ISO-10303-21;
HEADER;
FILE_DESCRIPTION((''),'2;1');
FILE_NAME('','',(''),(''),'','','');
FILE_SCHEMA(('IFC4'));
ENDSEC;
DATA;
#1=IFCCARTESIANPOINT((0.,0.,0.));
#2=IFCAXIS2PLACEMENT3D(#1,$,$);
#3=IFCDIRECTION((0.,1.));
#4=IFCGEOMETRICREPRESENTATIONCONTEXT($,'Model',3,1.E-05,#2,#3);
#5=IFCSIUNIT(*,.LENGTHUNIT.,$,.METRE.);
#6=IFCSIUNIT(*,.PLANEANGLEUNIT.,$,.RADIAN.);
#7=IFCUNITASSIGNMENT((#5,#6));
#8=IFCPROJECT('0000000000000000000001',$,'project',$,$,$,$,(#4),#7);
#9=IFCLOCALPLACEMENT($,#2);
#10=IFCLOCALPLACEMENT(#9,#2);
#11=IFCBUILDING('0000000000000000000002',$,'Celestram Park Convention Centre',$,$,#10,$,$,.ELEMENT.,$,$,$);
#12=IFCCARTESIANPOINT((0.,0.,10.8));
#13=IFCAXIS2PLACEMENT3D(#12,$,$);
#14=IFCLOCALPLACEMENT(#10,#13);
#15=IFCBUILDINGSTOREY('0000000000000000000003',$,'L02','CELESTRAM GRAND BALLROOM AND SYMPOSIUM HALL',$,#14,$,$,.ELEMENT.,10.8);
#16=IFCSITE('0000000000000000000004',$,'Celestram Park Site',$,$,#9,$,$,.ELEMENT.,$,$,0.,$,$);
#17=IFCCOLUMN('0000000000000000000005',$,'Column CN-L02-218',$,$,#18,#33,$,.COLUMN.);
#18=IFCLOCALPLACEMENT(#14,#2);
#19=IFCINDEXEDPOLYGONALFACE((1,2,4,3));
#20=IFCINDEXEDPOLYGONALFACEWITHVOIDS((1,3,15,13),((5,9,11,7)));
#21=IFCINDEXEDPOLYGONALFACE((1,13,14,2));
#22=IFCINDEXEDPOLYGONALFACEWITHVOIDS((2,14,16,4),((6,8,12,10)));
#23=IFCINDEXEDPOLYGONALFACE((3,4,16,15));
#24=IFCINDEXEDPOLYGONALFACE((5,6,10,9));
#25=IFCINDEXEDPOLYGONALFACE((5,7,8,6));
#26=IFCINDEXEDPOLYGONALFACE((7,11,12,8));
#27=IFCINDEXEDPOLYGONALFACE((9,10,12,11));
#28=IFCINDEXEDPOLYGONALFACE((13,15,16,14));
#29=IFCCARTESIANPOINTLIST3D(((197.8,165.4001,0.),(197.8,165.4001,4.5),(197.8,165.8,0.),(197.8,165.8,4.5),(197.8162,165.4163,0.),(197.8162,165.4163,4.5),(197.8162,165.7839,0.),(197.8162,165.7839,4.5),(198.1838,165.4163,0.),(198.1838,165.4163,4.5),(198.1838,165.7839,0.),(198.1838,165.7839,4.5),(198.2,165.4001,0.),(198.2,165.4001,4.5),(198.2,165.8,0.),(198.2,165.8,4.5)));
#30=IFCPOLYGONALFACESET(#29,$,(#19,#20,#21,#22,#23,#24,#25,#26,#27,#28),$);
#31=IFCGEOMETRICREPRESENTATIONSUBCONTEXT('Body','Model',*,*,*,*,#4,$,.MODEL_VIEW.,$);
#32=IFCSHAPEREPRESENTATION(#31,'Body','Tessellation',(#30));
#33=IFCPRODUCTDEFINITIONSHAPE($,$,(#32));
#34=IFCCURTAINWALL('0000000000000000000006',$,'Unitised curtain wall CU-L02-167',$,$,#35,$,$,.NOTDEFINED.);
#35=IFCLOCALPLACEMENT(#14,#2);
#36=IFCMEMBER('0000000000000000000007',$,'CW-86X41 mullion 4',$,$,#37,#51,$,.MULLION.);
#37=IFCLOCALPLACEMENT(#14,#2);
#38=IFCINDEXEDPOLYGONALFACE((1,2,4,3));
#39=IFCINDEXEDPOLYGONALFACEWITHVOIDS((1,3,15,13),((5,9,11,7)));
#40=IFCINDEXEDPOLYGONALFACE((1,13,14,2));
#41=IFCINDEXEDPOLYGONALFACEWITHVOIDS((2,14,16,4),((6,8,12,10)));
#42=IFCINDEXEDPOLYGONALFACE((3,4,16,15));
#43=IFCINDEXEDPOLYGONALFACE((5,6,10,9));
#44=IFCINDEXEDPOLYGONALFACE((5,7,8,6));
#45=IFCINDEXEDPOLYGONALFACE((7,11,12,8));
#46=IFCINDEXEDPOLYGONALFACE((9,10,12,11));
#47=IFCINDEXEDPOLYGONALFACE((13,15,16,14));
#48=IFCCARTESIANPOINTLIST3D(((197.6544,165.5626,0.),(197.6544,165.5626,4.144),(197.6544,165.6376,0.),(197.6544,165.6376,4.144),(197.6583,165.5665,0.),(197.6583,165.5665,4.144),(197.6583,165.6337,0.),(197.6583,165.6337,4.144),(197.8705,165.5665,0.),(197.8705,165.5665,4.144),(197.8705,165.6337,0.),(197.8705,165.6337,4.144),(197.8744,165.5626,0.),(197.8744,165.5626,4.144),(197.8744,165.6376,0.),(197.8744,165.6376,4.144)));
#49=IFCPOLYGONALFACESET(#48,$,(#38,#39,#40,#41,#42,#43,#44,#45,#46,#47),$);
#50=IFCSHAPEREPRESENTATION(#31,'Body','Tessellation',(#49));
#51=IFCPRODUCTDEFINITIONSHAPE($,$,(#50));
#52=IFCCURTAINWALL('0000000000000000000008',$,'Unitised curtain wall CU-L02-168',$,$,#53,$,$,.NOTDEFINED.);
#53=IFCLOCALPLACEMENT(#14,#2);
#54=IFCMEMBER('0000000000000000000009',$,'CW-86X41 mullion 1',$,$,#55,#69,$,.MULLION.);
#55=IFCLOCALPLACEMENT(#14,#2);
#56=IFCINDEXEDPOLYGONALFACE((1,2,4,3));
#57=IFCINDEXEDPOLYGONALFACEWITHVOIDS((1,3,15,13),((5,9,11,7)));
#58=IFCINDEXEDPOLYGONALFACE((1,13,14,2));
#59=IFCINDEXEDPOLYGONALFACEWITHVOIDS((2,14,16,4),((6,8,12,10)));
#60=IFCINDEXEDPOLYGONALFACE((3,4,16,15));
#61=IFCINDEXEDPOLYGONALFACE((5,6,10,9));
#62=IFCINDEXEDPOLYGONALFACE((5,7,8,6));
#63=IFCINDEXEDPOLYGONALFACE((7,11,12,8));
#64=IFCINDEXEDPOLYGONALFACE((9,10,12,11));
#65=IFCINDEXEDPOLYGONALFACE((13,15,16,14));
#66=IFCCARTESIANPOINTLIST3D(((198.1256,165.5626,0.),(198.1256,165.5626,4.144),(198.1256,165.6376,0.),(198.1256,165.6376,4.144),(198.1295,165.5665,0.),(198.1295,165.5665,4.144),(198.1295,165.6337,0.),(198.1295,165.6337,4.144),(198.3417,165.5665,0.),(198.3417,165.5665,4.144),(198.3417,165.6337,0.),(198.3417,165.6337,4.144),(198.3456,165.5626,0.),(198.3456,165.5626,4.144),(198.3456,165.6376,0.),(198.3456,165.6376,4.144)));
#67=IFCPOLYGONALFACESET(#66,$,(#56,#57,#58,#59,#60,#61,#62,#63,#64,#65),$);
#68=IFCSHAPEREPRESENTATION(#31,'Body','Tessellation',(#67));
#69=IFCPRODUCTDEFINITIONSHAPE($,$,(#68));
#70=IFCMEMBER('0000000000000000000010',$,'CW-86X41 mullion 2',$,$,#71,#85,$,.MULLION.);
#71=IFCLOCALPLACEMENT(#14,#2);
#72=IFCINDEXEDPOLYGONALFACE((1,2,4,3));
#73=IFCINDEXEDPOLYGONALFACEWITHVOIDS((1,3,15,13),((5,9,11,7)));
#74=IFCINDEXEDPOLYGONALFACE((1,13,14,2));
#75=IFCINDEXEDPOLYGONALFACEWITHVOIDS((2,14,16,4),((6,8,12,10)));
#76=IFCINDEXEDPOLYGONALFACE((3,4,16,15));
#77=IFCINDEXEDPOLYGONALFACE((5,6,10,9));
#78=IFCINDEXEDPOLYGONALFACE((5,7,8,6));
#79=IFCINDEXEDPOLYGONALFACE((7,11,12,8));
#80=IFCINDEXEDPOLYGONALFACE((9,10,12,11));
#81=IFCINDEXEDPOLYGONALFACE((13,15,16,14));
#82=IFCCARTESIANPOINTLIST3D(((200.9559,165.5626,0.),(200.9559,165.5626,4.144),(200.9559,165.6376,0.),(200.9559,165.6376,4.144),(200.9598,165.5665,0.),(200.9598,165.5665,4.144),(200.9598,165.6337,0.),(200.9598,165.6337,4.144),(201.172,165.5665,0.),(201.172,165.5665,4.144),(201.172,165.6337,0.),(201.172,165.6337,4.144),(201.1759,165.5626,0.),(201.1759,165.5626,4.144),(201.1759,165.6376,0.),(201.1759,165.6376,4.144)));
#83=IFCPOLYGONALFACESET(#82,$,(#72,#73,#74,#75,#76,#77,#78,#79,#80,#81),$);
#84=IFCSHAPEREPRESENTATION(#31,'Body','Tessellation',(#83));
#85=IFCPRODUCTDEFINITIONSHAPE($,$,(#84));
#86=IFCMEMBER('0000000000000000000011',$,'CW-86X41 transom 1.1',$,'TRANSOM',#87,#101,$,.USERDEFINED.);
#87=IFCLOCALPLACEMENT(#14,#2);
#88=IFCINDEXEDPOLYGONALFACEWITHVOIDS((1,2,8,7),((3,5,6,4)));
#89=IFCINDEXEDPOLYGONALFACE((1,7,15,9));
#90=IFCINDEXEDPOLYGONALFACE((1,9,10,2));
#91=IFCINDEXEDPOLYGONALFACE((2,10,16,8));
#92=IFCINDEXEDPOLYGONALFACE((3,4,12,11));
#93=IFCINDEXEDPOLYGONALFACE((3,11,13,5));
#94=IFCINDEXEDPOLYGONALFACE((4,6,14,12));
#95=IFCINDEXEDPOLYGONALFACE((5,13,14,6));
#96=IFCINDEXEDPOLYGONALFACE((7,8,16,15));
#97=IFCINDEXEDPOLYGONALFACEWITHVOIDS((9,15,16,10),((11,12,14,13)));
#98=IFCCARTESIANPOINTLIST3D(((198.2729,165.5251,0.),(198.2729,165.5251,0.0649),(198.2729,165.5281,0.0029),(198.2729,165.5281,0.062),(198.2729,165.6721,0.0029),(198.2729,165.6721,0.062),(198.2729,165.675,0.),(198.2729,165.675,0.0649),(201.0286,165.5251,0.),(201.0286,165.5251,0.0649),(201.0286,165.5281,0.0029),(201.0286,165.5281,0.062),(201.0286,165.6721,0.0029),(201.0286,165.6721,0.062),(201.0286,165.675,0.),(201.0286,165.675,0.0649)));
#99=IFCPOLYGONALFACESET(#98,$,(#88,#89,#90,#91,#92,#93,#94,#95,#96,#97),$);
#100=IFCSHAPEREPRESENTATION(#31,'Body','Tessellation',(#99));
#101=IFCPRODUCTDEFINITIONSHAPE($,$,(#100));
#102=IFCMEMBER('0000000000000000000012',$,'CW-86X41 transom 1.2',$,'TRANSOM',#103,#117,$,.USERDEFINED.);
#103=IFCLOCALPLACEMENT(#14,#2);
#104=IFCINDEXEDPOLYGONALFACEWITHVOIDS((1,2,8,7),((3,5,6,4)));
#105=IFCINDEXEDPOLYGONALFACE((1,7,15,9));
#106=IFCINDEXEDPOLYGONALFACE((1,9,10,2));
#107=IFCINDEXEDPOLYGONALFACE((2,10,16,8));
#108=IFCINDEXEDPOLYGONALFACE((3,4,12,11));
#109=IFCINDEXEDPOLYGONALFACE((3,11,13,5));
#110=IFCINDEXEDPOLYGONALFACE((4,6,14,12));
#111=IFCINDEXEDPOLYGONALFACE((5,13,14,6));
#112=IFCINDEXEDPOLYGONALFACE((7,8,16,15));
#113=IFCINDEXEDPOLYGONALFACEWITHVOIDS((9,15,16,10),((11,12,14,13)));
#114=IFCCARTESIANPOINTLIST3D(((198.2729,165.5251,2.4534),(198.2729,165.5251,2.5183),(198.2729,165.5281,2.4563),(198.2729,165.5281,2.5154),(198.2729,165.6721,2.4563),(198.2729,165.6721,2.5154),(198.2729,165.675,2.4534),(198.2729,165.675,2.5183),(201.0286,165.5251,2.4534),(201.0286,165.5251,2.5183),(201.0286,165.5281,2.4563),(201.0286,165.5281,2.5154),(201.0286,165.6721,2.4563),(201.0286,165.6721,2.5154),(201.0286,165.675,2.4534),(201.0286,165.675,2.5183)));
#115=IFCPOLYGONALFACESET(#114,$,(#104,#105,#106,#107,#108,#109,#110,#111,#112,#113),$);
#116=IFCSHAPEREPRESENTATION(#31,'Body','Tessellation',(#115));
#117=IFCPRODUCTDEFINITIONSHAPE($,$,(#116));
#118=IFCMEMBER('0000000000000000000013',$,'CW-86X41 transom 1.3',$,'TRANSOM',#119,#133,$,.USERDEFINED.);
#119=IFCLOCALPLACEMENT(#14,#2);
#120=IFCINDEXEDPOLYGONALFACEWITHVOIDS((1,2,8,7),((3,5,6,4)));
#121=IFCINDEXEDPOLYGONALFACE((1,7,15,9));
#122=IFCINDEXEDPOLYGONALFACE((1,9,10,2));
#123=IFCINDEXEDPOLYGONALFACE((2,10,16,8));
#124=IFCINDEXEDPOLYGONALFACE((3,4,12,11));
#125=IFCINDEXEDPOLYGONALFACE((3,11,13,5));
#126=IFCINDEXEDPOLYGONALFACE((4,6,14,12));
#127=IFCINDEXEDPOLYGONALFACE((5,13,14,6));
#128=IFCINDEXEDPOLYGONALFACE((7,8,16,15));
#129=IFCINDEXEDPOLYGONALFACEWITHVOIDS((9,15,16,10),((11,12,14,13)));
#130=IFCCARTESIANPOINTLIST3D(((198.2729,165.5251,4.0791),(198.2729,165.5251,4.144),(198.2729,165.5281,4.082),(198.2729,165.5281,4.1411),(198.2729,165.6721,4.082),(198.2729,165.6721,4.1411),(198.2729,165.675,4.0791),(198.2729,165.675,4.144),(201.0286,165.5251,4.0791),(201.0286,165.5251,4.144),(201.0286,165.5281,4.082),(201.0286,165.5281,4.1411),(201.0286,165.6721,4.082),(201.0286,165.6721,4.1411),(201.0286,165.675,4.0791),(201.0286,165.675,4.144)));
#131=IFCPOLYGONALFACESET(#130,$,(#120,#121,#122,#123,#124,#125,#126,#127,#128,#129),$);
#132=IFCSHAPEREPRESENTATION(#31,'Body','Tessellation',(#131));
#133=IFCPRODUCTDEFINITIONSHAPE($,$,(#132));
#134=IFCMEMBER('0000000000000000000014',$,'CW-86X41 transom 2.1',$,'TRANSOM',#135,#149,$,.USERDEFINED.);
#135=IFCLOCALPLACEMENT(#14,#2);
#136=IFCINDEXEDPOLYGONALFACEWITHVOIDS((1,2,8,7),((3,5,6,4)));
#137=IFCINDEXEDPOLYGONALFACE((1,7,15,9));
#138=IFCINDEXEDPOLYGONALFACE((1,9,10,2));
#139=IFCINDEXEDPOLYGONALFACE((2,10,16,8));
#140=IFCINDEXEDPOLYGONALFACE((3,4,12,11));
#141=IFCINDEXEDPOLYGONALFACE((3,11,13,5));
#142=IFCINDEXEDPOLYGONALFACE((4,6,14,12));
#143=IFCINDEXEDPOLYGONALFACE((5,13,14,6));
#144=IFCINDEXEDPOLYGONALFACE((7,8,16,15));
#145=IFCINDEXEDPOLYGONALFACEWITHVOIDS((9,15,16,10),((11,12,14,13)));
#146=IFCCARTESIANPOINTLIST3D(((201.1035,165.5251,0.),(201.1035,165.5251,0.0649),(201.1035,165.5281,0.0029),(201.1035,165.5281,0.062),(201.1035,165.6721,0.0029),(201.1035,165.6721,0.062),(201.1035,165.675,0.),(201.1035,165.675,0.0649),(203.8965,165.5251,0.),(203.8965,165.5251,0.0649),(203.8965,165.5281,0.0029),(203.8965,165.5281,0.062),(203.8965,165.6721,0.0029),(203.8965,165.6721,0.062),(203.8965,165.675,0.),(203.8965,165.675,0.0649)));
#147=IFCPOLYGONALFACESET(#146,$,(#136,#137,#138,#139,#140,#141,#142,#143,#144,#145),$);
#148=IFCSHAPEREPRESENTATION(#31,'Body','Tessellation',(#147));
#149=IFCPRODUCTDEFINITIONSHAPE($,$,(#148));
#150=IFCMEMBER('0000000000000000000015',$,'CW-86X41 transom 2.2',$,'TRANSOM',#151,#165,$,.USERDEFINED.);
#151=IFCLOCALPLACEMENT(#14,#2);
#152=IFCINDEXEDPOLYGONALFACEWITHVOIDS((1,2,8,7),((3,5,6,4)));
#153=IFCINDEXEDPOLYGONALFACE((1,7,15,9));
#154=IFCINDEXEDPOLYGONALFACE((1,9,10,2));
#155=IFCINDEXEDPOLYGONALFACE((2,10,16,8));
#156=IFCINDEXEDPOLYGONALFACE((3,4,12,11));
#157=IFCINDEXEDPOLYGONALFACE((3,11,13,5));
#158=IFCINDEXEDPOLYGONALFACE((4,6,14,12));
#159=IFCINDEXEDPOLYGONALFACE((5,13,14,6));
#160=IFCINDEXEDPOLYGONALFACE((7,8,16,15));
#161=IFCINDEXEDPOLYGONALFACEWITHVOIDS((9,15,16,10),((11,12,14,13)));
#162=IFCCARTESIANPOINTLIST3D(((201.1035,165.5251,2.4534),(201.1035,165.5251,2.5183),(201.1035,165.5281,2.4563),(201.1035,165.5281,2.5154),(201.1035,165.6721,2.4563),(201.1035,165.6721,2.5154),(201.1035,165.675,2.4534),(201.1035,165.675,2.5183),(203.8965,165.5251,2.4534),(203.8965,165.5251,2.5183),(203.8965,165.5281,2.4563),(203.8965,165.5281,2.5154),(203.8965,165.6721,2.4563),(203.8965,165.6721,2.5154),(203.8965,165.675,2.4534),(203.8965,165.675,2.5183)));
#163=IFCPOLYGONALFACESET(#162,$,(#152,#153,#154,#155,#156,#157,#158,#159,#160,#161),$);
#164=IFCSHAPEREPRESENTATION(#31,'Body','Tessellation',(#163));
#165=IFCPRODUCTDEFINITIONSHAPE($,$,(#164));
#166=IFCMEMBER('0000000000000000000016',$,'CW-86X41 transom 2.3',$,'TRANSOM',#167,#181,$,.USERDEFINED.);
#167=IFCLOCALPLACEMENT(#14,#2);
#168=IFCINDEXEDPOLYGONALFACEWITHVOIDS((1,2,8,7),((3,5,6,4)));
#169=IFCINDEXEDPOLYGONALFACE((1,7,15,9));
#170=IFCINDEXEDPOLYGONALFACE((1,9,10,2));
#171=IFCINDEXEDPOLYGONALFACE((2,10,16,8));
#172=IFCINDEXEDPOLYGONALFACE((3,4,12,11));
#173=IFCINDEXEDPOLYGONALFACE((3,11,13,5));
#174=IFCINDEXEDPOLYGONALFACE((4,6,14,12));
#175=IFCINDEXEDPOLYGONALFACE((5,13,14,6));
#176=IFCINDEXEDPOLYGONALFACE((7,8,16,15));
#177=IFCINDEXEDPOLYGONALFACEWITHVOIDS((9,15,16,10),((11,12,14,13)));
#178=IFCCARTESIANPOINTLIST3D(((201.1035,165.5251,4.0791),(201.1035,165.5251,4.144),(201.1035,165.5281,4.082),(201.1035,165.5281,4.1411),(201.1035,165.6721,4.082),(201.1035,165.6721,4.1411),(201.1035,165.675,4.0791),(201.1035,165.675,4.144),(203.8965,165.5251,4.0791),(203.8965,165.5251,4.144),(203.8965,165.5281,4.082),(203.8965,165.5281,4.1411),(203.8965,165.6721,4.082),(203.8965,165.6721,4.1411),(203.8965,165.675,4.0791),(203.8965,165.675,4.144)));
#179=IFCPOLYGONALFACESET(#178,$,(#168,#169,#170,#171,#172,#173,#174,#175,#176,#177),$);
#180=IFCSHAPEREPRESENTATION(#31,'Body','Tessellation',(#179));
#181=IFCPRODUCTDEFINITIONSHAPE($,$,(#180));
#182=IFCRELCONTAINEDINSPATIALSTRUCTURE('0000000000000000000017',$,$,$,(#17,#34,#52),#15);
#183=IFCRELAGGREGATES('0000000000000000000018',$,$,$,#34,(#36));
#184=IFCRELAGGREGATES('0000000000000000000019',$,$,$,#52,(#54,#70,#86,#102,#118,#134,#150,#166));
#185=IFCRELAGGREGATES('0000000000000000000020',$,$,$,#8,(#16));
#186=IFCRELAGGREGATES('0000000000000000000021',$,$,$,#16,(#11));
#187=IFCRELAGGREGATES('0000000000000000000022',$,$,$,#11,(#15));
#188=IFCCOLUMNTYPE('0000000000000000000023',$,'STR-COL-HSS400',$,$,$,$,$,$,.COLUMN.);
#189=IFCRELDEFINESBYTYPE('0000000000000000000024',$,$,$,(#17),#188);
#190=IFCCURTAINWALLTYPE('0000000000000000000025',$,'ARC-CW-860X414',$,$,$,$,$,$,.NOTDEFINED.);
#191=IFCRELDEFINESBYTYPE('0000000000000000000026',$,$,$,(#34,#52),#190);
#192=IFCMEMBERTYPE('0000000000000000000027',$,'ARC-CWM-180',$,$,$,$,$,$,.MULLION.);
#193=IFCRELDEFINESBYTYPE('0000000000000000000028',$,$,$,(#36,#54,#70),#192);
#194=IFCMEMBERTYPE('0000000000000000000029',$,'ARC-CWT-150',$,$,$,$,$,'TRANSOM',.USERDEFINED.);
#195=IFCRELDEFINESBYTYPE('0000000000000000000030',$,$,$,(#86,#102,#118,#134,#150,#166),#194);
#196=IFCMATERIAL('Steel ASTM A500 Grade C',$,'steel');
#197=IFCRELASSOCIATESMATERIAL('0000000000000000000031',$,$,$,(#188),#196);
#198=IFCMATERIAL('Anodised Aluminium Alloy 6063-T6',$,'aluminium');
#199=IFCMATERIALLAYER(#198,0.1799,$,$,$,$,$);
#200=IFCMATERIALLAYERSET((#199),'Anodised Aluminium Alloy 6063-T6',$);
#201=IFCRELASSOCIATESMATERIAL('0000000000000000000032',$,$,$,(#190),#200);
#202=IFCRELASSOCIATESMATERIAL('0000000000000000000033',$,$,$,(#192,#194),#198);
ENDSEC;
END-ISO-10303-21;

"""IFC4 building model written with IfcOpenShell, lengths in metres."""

from ifc_helpers import new_model, si_unit, direction, frame, origin, origin_2d, place, context, subcontext, project, spatial, hollow_rectangle, extrude, material, layer, layer_set, material_profile, profile_set, type_object, element, aggregate, save


model = new_model("IFC4")

# Units and contexts
model_context = context("Model", 3, precision=1e-05, world=origin(), true_north=direction((0.0, 1.0)))
body_context = subcontext(model_context, "Body", "Model", "MODEL_VIEW")
ifc_project = project(units=[si_unit("LENGTHUNIT", "METRE"), si_unit("PLANEANGLEUNIT", "RADIAN")], contexts=[model_context])

# Site, building, storey
site_placement = place(None, origin())
site = spatial("IfcSite", under=ifc_project, at=site_placement, Name="Celestram Park Site", CompositionType="ELEMENT", RefElevation=0.0)
building_placement = place(site_placement, origin())
building = spatial("IfcBuilding", under=site, at=building_placement, Name="Celestram Park Convention Centre", CompositionType="ELEMENT")
storey_placement = place(building_placement, frame((0.0, 0.0, 10.8)))
storey = spatial("IfcBuildingStorey", under=building, at=storey_placement, Name="L02", Description="CELESTRAM GRAND BALLROOM AND SYMPOSIUM HALL", CompositionType="ELEMENT", Elevation=10.8)

# Column
ifc_material_1 = material(Name="Steel ASTM A500 Grade C", Category="steel")
ifc_material_profile_1 = material_profile(ifc_material_1, hollow_rectangle(XDim=0.3999, YDim=0.3999, WallThickness=0.0161, at=origin_2d()), Name="HSS400X400X16")
ifc_profile_set_1 = profile_set([ifc_material_profile_1], Name="Steel ASTM A500 Grade C")
column_type = type_object("IfcColumnType", Name="STR-COL-HSS400", PredefinedType="COLUMN", material=ifc_profile_set_1)
column_placement = place(storey_placement, frame((198.0, 165.6001, 0.0), z_axis=(0.0, 0.0, 1.0), x_axis=(1.0, 0.0, 0.0)))
element("IfcColumn", 1, at=column_placement, inside=storey, type_object=column_type, Name="Column CN-L02-218", PredefinedType="COLUMN", context=body_context, shape_type="SweptSolid", body=[
    extrude(hollow_rectangle(XDim=0.3999, YDim=0.3999, WallThickness=0.0161, at=origin_2d()), origin(), (0.0, 0.0, 1.0), 4.5),
])

# Curtain wall, member
ifc_material_2 = material(Name="Anodised Aluminium Alloy 6063-T6", Category="aluminium")
ifc_layer_1 = layer(ifc_material_2, 0.1799)
ifc_layer_set_1 = layer_set([ifc_layer_1], Name="Anodised Aluminium Alloy 6063-T6")
curtain_wall_type = type_object("IfcCurtainWallType", Name="ARC-CW-860X414", PredefinedType="NOTDEFINED", material=ifc_layer_set_1)
curtain_wall_1_placement = place(storey_placement, origin())
curtain_wall_1 = element("IfcCurtainWall", 2, at=curtain_wall_1_placement, inside=storey, type_object=curtain_wall_type, Name="Unitised curtain wall CU-L02-167", PredefinedType="NOTDEFINED")
ifc_material_profile_2 = material_profile(ifc_material_2, hollow_rectangle(XDim=0.075, YDim=0.22, WallThickness=0.0039, at=origin_2d()), Name="ALU75X220X4")
ifc_profile_set_2 = profile_set([ifc_material_profile_2], Name="Anodised Aluminium Alloy 6063-T6")
member_type_1 = type_object("IfcMemberType", Name="ARC-CWM-180", PredefinedType="MULLION", material=ifc_profile_set_2)
member_1_placement = place(storey_placement, frame((197.7644, 165.6001, 0.0), z_axis=(0.0, 0.0, 1.0), x_axis=(0.0, 1.0, 0.0)))
member_1 = element("IfcMember", 3, at=member_1_placement, type_object=member_type_1, Name="CW-86X41 mullion 4", PredefinedType="MULLION", context=body_context, shape_type="SweptSolid", body=[
    extrude(hollow_rectangle(XDim=0.075, YDim=0.22, WallThickness=0.0039, at=origin_2d()), origin(), (0.0, 0.0, 1.0), 4.144),
])

# Curtain wall, members
curtain_wall_2_placement = place(storey_placement, origin())
curtain_wall_2 = element("IfcCurtainWall", 4, at=curtain_wall_2_placement, inside=storey, type_object=curtain_wall_type, Name="Unitised curtain wall CU-L02-168", PredefinedType="NOTDEFINED")
member_2_placement = place(storey_placement, frame((198.2356, 165.6001, 0.0), z_axis=(0.0, 0.0, 1.0), x_axis=(0.0, 1.0, 0.0)))
member_2 = element("IfcMember", 5, at=member_2_placement, type_object=member_type_1, Name="CW-86X41 mullion 1", PredefinedType="MULLION", context=body_context, shape_type="SweptSolid", body=[
    extrude(hollow_rectangle(XDim=0.075, YDim=0.22, WallThickness=0.0039, at=origin_2d()), origin(), (0.0, 0.0, 1.0), 4.144),
])
member_3_placement = place(storey_placement, frame((201.0659, 165.6001, 0.0), z_axis=(0.0, 0.0, 1.0), x_axis=(0.0, 1.0, 0.0)))
member_3 = element("IfcMember", 6, at=member_3_placement, type_object=member_type_1, Name="CW-86X41 mullion 2", PredefinedType="MULLION", context=body_context, shape_type="SweptSolid", body=[
    extrude(hollow_rectangle(XDim=0.075, YDim=0.22, WallThickness=0.0039, at=origin_2d()), origin(), (0.0, 0.0, 1.0), 4.144),
])
ifc_material_profile_3 = material_profile(ifc_material_2, hollow_rectangle(XDim=0.1499, YDim=0.0649, WallThickness=0.0029, at=origin_2d()), Name="ALU150X65X3")
ifc_profile_set_3 = profile_set([ifc_material_profile_3], Name="Anodised Aluminium Alloy 6063-T6")
member_type_2 = type_object("IfcMemberType", Name="ARC-CWT-150", ElementType="TRANSOM", PredefinedType="USERDEFINED", material=ifc_profile_set_3)
member_4_placement = place(storey_placement, frame((198.2729, 165.6001, 0.0325), z_axis=(1.0, 0.0, 0.0), x_axis=(0.0, 1.0, 0.0)))
member_4 = element("IfcMember", 7, at=member_4_placement, type_object=member_type_2, Name="CW-86X41 transom 1.1", ObjectType="TRANSOM", PredefinedType="USERDEFINED", context=body_context, shape_type="SweptSolid", body=[
    extrude(hollow_rectangle(XDim=0.1499, YDim=0.0649, WallThickness=0.0029, at=origin_2d()), origin(), (0.0, 0.0, 1.0), 2.7556),
])
member_5_placement = place(storey_placement, frame((198.2729, 165.6001, 2.4858), z_axis=(1.0, 0.0, 0.0), x_axis=(0.0, 1.0, 0.0)))
member_5 = element("IfcMember", 8, at=member_5_placement, type_object=member_type_2, Name="CW-86X41 transom 1.2", ObjectType="TRANSOM", PredefinedType="USERDEFINED", context=body_context, shape_type="SweptSolid", body=[
    extrude(hollow_rectangle(XDim=0.1499, YDim=0.0649, WallThickness=0.0029, at=origin_2d()), origin(), (0.0, 0.0, 1.0), 2.7556),
])
member_6_placement = place(storey_placement, frame((198.2729, 165.6001, 4.1116), z_axis=(1.0, 0.0, 0.0), x_axis=(0.0, 1.0, 0.0)))
member_6 = element("IfcMember", 9, at=member_6_placement, type_object=member_type_2, Name="CW-86X41 transom 1.3", ObjectType="TRANSOM", PredefinedType="USERDEFINED", context=body_context, shape_type="SweptSolid", body=[
    extrude(hollow_rectangle(XDim=0.1499, YDim=0.0649, WallThickness=0.0029, at=origin_2d()), origin(), (0.0, 0.0, 1.0), 2.7556),
])
member_7_placement = place(storey_placement, frame((201.1035, 165.6001, 0.0325), z_axis=(1.0, 0.0, 0.0), x_axis=(0.0, 1.0, 0.0)))
member_7 = element("IfcMember", 10, at=member_7_placement, type_object=member_type_2, Name="CW-86X41 transom 2.1", ObjectType="TRANSOM", PredefinedType="USERDEFINED", context=body_context, shape_type="SweptSolid", body=[
    extrude(hollow_rectangle(XDim=0.1499, YDim=0.0649, WallThickness=0.0029, at=origin_2d()), origin(), (0.0, 0.0, 1.0), 2.793),
])
member_8_placement = place(storey_placement, frame((201.1035, 165.6001, 2.4858), z_axis=(1.0, 0.0, 0.0), x_axis=(0.0, 1.0, 0.0)))
member_8 = element("IfcMember", 11, at=member_8_placement, type_object=member_type_2, Name="CW-86X41 transom 2.2", ObjectType="TRANSOM", PredefinedType="USERDEFINED", context=body_context, shape_type="SweptSolid", body=[
    extrude(hollow_rectangle(XDim=0.1499, YDim=0.0649, WallThickness=0.0029, at=origin_2d()), origin(), (0.0, 0.0, 1.0), 2.793),
])
member_9_placement = place(storey_placement, frame((201.1035, 165.6001, 4.1116), z_axis=(1.0, 0.0, 0.0), x_axis=(0.0, 1.0, 0.0)))
member_9 = element("IfcMember", 12, at=member_9_placement, type_object=member_type_2, Name="CW-86X41 transom 2.3", ObjectType="TRANSOM", PredefinedType="USERDEFINED", context=body_context, shape_type="SweptSolid", body=[
    extrude(hollow_rectangle(XDim=0.1499, YDim=0.0649, WallThickness=0.0029, at=origin_2d()), origin(), (0.0, 0.0, 1.0), 2.793),
])

aggregate(curtain_wall_1, [member_1])
aggregate(curtain_wall_2, [member_2, member_3, member_4, member_5, member_6, member_7, member_8, member_9])

save(model, "model.ifc")
